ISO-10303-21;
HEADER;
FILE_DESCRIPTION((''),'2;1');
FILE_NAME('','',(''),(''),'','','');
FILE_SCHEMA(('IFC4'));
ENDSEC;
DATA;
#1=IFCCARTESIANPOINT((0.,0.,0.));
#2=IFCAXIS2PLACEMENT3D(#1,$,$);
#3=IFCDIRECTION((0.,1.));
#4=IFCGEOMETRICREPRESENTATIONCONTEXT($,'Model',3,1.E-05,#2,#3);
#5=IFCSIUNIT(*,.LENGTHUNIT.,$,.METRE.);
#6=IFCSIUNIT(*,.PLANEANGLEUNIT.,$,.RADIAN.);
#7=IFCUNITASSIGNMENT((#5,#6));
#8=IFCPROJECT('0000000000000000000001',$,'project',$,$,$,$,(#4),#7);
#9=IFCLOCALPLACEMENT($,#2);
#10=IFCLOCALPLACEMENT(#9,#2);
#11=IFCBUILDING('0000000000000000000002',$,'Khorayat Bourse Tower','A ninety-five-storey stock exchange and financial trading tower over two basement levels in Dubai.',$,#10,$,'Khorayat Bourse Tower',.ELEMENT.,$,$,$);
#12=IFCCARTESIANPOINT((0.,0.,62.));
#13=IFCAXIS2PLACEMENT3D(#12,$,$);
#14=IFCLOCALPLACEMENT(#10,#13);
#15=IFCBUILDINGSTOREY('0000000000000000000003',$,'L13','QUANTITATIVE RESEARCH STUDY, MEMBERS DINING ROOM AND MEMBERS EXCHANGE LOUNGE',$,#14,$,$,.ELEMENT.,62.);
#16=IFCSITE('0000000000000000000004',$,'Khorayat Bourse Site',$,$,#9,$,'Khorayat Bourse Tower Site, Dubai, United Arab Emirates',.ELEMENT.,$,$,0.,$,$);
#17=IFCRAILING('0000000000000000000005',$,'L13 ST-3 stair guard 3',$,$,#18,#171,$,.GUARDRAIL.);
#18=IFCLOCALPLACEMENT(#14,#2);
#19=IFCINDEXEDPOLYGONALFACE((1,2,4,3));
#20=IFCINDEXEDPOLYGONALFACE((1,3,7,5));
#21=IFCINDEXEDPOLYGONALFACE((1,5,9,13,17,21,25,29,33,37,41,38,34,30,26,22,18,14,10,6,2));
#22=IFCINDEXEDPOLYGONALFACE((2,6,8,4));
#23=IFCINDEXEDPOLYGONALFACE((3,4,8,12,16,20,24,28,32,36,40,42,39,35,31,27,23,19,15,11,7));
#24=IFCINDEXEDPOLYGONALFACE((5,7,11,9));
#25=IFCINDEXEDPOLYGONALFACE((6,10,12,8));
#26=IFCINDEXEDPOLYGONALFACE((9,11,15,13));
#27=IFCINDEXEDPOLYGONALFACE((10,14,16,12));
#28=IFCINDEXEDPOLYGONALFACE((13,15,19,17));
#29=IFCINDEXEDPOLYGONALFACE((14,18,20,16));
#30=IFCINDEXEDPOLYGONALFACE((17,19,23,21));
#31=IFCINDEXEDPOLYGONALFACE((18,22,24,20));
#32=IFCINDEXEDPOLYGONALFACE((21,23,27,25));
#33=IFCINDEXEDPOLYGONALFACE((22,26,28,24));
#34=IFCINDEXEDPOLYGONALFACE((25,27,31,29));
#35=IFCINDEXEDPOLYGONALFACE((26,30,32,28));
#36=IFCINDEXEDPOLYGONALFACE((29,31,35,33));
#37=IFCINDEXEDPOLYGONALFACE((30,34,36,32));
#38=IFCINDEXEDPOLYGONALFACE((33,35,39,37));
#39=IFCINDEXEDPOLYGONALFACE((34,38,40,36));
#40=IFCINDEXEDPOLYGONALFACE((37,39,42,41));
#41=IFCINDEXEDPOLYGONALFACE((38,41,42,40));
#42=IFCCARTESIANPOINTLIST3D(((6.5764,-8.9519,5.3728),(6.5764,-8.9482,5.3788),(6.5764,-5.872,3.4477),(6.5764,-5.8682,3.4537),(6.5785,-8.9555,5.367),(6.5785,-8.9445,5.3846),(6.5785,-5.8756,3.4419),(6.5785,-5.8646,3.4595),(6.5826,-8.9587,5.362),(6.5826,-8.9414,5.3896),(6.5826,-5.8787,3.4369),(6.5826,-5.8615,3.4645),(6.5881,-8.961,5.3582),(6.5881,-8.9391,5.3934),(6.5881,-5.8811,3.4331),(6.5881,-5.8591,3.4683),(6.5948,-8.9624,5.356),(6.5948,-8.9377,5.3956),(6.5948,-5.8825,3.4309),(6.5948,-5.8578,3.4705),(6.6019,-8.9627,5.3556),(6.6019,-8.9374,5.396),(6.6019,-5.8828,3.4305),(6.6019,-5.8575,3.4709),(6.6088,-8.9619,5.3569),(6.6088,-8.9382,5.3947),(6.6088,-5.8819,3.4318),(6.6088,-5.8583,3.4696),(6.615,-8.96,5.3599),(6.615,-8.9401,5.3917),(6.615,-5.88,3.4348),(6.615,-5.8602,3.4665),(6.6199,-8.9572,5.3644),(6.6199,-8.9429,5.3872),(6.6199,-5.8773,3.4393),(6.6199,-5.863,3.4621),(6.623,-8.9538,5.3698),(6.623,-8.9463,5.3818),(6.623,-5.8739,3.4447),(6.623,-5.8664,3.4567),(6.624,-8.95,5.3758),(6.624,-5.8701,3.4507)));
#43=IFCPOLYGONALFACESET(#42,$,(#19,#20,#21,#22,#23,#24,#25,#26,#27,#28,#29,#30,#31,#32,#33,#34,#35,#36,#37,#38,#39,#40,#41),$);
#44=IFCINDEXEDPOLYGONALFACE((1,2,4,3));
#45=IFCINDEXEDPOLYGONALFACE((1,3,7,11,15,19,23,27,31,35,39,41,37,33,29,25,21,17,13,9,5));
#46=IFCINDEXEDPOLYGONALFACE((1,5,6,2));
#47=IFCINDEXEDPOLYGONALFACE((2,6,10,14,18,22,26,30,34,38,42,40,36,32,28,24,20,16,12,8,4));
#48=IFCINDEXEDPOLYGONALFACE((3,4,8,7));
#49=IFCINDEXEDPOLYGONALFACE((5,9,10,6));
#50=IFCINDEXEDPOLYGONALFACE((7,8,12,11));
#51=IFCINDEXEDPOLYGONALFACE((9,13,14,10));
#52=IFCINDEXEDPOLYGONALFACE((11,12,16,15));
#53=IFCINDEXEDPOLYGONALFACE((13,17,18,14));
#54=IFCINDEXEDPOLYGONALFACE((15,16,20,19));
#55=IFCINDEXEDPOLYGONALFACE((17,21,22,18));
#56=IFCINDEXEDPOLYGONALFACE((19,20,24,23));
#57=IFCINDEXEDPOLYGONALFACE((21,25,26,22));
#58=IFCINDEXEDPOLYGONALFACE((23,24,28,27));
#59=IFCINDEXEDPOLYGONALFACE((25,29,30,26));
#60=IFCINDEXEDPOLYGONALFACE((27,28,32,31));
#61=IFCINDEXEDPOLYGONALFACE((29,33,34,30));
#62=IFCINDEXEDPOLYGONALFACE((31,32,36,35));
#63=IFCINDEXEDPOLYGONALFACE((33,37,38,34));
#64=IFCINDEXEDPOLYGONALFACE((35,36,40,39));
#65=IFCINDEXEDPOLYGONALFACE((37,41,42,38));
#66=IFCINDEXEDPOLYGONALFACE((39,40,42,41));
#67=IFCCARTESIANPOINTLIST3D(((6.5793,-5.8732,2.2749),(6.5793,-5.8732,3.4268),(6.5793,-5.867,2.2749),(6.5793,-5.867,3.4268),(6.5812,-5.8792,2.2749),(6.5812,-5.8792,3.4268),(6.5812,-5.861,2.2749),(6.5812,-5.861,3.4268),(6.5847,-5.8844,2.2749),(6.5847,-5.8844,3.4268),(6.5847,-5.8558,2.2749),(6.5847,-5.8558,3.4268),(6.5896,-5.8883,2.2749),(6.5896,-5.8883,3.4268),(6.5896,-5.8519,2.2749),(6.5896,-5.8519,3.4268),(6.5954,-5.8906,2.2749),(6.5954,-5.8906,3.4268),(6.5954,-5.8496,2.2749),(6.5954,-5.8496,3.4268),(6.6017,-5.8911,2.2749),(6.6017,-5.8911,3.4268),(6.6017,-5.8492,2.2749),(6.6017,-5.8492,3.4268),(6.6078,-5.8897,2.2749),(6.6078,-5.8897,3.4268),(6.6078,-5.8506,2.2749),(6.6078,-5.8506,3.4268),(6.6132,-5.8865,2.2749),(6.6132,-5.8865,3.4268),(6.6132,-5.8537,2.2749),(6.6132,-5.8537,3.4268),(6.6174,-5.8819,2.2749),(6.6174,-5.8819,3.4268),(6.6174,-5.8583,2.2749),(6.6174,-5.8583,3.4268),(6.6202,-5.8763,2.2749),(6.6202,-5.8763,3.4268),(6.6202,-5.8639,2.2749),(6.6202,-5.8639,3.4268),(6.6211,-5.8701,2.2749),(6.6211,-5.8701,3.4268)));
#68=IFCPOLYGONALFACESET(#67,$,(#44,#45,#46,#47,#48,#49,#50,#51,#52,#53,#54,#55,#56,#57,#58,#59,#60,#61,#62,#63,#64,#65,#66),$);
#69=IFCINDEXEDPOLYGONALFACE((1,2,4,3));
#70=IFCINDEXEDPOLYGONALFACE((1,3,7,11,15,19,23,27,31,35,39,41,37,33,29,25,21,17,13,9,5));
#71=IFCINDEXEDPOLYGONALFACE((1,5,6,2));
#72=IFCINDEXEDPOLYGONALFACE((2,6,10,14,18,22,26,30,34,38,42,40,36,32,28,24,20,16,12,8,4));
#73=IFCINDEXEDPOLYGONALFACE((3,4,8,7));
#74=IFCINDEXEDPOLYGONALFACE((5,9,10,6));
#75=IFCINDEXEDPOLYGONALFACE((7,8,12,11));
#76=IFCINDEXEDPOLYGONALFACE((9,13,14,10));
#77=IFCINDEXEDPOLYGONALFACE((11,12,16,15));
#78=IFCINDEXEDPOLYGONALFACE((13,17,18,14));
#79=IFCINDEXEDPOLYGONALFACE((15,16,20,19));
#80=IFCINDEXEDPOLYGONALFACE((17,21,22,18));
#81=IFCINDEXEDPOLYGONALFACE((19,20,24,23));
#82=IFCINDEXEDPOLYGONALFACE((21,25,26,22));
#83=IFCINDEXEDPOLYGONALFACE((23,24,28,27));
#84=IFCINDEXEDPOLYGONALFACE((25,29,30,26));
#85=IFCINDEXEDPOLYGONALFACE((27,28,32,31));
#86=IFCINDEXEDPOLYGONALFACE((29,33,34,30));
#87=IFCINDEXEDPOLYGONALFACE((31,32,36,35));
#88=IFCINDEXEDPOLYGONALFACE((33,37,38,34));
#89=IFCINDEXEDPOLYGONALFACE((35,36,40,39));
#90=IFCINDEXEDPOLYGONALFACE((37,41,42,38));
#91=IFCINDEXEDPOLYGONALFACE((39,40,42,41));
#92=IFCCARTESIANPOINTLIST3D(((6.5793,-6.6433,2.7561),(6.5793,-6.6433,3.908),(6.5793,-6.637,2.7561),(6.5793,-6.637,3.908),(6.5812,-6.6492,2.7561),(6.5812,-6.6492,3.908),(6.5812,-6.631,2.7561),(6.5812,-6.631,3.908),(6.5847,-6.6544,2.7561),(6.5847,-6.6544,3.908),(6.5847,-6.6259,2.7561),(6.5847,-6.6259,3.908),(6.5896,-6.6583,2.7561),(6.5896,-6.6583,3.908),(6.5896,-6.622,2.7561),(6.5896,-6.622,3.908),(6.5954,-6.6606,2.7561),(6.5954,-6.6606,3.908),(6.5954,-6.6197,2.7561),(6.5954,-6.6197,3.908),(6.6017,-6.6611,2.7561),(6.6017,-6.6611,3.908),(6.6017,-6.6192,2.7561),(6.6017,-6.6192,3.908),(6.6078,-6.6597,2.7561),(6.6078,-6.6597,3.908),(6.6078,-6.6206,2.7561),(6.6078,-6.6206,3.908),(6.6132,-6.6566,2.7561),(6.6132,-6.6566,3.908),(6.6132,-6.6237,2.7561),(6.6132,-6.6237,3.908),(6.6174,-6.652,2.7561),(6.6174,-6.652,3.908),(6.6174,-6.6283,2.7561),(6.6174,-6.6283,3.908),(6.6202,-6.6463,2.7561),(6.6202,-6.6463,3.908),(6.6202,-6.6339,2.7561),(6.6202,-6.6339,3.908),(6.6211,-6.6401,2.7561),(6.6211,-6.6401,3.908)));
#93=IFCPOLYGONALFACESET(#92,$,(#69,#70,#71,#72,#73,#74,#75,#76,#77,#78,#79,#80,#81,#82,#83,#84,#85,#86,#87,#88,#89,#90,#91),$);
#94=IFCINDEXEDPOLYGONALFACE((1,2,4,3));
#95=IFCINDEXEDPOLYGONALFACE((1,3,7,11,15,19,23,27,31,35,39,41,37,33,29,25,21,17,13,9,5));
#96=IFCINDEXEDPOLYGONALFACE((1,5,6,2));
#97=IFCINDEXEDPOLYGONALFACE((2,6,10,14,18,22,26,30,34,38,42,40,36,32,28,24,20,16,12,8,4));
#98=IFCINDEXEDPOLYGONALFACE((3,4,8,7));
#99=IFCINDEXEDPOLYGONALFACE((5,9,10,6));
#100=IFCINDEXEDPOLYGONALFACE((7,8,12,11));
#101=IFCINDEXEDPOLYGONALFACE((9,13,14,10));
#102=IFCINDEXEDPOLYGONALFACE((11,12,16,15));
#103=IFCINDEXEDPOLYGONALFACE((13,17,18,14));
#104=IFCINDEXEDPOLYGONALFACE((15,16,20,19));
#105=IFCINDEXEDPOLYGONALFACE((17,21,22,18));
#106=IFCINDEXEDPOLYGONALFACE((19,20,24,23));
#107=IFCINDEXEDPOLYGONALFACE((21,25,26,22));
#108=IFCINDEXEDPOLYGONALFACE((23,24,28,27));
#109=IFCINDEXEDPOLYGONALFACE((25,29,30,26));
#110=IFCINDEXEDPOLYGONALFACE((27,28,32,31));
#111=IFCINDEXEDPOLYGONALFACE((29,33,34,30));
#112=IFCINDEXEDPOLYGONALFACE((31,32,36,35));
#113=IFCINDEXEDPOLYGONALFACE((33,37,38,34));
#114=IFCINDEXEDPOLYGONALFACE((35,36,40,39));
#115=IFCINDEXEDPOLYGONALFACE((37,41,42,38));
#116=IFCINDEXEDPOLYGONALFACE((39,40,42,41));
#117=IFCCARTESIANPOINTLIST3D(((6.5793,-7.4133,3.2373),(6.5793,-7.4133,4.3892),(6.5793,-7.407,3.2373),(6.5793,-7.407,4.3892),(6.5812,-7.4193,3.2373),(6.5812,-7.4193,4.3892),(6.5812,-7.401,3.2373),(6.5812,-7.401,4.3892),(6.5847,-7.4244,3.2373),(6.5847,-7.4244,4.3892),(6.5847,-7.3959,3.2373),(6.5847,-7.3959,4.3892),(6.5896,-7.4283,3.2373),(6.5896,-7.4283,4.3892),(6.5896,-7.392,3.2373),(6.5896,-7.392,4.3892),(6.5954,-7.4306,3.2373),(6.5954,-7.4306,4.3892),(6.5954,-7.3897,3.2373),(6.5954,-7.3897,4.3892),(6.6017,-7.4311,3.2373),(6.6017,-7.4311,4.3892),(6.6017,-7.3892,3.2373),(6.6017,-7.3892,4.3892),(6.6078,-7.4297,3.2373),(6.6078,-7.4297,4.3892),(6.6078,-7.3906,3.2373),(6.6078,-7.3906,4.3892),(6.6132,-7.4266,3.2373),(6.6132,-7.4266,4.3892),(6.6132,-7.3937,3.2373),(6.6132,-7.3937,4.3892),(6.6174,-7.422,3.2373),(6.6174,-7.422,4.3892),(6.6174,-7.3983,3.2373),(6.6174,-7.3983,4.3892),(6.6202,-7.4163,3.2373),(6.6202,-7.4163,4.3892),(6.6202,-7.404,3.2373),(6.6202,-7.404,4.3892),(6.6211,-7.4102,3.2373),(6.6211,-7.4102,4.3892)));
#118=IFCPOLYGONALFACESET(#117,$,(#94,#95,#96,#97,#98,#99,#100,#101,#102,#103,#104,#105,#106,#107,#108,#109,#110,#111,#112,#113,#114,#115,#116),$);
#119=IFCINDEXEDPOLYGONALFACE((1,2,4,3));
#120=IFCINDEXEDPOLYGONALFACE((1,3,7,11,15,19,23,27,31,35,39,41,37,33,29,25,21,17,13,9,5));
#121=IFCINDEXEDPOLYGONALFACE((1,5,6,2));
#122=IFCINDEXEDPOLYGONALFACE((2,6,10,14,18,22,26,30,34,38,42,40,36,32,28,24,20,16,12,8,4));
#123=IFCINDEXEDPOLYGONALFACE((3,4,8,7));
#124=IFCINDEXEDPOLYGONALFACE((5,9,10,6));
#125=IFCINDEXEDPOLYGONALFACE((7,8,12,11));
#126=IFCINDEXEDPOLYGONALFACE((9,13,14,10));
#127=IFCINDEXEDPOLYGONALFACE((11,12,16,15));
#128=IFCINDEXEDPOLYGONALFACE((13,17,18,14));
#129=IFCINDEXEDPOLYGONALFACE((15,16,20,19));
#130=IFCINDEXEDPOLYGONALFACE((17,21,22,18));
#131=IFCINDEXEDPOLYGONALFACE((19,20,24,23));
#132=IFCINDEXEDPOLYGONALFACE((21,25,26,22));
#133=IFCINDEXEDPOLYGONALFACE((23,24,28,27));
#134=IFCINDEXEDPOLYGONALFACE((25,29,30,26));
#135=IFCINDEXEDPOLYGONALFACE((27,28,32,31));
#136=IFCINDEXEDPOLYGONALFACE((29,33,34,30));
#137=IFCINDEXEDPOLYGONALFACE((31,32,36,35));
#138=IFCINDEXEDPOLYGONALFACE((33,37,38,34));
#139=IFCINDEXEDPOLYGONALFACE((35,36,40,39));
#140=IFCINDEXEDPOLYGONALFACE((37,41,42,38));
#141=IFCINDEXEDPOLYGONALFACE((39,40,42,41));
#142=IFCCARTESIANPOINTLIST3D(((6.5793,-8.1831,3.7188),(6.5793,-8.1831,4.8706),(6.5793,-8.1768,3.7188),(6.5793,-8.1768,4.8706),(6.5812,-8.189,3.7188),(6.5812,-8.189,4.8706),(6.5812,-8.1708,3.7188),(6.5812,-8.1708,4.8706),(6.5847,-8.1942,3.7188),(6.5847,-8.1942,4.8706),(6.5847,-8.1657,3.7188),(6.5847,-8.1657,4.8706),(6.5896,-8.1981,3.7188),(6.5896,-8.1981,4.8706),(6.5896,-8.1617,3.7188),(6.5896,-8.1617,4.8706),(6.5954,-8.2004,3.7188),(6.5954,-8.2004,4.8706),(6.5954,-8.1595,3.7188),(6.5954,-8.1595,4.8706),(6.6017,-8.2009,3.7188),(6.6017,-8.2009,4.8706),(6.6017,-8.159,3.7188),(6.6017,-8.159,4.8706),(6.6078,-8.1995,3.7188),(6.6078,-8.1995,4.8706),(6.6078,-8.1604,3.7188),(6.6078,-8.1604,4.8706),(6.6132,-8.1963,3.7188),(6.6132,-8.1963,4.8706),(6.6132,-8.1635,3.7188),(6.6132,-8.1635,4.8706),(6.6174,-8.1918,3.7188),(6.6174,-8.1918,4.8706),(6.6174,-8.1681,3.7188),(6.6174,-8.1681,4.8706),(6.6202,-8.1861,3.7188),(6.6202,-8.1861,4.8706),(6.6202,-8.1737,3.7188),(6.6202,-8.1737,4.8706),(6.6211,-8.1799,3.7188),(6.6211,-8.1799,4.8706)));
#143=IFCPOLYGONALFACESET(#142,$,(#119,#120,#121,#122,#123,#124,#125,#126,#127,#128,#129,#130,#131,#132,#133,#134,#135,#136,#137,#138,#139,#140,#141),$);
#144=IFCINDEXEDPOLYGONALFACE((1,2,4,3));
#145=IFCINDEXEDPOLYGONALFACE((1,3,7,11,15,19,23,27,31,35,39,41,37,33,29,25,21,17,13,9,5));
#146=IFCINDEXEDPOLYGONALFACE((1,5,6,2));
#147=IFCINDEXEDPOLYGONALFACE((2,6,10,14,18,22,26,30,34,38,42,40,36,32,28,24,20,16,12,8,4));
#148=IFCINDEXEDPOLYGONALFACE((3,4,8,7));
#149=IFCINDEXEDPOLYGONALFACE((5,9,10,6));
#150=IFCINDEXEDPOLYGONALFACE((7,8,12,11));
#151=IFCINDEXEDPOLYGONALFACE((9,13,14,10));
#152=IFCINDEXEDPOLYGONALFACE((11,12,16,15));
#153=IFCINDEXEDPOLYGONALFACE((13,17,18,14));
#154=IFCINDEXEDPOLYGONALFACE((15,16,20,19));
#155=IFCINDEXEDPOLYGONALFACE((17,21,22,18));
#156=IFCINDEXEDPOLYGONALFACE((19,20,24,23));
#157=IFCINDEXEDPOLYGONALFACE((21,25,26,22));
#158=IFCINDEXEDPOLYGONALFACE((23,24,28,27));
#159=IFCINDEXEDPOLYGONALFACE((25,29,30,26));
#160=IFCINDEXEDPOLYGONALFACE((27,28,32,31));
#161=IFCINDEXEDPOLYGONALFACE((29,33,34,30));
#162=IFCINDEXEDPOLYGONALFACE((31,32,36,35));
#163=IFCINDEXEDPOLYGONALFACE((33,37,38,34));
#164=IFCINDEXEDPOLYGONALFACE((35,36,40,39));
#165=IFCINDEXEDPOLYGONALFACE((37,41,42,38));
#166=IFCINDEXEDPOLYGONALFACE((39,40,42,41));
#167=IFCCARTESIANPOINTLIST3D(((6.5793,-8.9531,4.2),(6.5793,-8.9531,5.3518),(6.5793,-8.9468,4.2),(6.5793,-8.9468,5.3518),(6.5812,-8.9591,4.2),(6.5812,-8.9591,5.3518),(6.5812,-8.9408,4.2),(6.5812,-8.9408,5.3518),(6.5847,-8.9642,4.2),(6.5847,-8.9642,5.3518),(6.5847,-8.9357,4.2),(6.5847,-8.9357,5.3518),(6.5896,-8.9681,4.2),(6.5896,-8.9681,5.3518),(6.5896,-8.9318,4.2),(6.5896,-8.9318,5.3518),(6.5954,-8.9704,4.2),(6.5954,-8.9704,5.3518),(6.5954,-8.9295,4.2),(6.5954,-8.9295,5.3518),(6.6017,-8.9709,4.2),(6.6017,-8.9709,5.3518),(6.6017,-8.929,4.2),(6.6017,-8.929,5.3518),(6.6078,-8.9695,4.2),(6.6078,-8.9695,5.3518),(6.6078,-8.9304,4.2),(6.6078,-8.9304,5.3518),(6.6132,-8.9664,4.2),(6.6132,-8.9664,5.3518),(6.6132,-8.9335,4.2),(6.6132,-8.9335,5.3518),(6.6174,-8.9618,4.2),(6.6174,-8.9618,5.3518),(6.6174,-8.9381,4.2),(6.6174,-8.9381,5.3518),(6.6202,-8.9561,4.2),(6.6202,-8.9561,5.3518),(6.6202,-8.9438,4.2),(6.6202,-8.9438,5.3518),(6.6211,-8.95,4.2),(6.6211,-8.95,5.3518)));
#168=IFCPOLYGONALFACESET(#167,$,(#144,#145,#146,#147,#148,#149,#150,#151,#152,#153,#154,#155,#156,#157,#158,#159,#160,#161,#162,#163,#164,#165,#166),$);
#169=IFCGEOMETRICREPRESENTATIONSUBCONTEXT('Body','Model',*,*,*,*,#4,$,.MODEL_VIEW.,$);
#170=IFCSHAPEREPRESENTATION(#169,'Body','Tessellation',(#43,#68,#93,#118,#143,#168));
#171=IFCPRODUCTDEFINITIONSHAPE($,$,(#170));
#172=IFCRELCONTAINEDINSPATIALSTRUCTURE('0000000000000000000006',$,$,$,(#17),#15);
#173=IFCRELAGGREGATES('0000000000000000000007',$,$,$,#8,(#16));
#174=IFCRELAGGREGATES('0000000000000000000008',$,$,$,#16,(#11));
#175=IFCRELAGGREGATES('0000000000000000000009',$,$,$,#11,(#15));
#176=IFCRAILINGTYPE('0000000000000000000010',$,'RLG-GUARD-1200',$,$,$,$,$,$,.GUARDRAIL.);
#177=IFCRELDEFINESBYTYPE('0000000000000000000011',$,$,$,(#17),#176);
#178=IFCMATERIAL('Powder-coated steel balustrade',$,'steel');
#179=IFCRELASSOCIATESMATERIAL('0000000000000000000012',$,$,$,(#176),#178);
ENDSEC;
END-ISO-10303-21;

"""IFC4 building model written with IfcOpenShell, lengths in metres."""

from ifc_helpers import new_model, si_unit, direction, frame, origin, origin_2d, place, context, subcontext, project, spatial, circle, extrude, source, transform, mapped, material, type_object, element, save


model = new_model("IFC4")

# Units and contexts
model_context = context("Model", 3, precision=1e-05, world=origin(), true_north=direction((0.0, 1.0)))
body_context = subcontext(model_context, "Body", "Model", "MODEL_VIEW")
ifc_project = project(units=[si_unit("LENGTHUNIT", "METRE"), si_unit("PLANEANGLEUNIT", "RADIAN")], contexts=[model_context])

# Site, building, storey
site_placement = place(None, origin())
site = spatial("IfcSite", under=ifc_project, at=site_placement, Name="Khorayat Bourse Site", LongName="Khorayat Bourse Tower Site, Dubai, United Arab Emirates", CompositionType="ELEMENT", RefElevation=0.0)
building_placement = place(site_placement, origin())
building = spatial("IfcBuilding", under=site, at=building_placement, Name="Khorayat Bourse Tower", Description="A ninety-five-storey stock exchange and financial trading tower over two basement levels in Dubai.", LongName="Khorayat Bourse Tower", CompositionType="ELEMENT")
storey_placement = place(building_placement, frame((0.0, 0.0, 62.0)))
storey = spatial("IfcBuildingStorey", under=building, at=storey_placement, Name="L13", Description="QUANTITATIVE RESEARCH STUDY, MEMBERS DINING ROOM AND MEMBERS EXCHANGE LOUNGE", CompositionType="ELEMENT", Elevation=62.0)

# Railing
ifc_material_1 = material(Name="Powder-coated steel balustrade", Category="steel")
railing_type_1 = type_object("IfcRailingType", Name="RLG-GUARD-1200", PredefinedType="GUARDRAIL", material=ifc_material_1)
shared_shape_1 = source(origin(), body_context, "Body", "SweptSolid", [
    extrude(circle(Radius=0.0239, at=origin_2d()), frame((0.0, 0.0, 1.1758), z_axis=(0.0, -0.847979, 0.530029), x_axis=(1.0, 0.0, 0.0)), (0.0, 0.0, 1.0), 3.6321),
    extrude(circle(Radius=0.021, at=origin_2d()), origin(), (0.0, 0.0, 1.0), 1.1519),
    extrude(circle(Radius=0.021, at=origin_2d()), frame((0.0, -0.77, 0.4812)), (0.0, 0.0, 1.0), 1.1519),
    extrude(circle(Radius=0.021, at=origin_2d()), frame((0.0, -1.54, 0.9624)), (0.0, 0.0, 1.0), 1.1519),
    extrude(circle(Radius=0.021, at=origin_2d()), frame((0.0, -2.3098, 1.4438)), (0.0, 0.0, 1.0), 1.1519),
    extrude(circle(Radius=0.021, at=origin_2d()), frame((0.0, -3.0798, 1.925)), (0.0, 0.0, 1.0), 1.1519),
])
railing_1_placement = place(storey_placement, frame((6.6001, -5.8701, 2.2749)))
element("IfcRailing", 1, at=railing_1_placement, inside=storey, type_object=railing_type_1, Name="L13 ST-3 stair guard 3", PredefinedType="GUARDRAIL", context=body_context, shape_type="MappedRepresentation", body=[
    mapped(shared_shape_1, transform((0.0, 0.0, 0.0), scale=1.0)),
])

save(model, "model.ifc")
